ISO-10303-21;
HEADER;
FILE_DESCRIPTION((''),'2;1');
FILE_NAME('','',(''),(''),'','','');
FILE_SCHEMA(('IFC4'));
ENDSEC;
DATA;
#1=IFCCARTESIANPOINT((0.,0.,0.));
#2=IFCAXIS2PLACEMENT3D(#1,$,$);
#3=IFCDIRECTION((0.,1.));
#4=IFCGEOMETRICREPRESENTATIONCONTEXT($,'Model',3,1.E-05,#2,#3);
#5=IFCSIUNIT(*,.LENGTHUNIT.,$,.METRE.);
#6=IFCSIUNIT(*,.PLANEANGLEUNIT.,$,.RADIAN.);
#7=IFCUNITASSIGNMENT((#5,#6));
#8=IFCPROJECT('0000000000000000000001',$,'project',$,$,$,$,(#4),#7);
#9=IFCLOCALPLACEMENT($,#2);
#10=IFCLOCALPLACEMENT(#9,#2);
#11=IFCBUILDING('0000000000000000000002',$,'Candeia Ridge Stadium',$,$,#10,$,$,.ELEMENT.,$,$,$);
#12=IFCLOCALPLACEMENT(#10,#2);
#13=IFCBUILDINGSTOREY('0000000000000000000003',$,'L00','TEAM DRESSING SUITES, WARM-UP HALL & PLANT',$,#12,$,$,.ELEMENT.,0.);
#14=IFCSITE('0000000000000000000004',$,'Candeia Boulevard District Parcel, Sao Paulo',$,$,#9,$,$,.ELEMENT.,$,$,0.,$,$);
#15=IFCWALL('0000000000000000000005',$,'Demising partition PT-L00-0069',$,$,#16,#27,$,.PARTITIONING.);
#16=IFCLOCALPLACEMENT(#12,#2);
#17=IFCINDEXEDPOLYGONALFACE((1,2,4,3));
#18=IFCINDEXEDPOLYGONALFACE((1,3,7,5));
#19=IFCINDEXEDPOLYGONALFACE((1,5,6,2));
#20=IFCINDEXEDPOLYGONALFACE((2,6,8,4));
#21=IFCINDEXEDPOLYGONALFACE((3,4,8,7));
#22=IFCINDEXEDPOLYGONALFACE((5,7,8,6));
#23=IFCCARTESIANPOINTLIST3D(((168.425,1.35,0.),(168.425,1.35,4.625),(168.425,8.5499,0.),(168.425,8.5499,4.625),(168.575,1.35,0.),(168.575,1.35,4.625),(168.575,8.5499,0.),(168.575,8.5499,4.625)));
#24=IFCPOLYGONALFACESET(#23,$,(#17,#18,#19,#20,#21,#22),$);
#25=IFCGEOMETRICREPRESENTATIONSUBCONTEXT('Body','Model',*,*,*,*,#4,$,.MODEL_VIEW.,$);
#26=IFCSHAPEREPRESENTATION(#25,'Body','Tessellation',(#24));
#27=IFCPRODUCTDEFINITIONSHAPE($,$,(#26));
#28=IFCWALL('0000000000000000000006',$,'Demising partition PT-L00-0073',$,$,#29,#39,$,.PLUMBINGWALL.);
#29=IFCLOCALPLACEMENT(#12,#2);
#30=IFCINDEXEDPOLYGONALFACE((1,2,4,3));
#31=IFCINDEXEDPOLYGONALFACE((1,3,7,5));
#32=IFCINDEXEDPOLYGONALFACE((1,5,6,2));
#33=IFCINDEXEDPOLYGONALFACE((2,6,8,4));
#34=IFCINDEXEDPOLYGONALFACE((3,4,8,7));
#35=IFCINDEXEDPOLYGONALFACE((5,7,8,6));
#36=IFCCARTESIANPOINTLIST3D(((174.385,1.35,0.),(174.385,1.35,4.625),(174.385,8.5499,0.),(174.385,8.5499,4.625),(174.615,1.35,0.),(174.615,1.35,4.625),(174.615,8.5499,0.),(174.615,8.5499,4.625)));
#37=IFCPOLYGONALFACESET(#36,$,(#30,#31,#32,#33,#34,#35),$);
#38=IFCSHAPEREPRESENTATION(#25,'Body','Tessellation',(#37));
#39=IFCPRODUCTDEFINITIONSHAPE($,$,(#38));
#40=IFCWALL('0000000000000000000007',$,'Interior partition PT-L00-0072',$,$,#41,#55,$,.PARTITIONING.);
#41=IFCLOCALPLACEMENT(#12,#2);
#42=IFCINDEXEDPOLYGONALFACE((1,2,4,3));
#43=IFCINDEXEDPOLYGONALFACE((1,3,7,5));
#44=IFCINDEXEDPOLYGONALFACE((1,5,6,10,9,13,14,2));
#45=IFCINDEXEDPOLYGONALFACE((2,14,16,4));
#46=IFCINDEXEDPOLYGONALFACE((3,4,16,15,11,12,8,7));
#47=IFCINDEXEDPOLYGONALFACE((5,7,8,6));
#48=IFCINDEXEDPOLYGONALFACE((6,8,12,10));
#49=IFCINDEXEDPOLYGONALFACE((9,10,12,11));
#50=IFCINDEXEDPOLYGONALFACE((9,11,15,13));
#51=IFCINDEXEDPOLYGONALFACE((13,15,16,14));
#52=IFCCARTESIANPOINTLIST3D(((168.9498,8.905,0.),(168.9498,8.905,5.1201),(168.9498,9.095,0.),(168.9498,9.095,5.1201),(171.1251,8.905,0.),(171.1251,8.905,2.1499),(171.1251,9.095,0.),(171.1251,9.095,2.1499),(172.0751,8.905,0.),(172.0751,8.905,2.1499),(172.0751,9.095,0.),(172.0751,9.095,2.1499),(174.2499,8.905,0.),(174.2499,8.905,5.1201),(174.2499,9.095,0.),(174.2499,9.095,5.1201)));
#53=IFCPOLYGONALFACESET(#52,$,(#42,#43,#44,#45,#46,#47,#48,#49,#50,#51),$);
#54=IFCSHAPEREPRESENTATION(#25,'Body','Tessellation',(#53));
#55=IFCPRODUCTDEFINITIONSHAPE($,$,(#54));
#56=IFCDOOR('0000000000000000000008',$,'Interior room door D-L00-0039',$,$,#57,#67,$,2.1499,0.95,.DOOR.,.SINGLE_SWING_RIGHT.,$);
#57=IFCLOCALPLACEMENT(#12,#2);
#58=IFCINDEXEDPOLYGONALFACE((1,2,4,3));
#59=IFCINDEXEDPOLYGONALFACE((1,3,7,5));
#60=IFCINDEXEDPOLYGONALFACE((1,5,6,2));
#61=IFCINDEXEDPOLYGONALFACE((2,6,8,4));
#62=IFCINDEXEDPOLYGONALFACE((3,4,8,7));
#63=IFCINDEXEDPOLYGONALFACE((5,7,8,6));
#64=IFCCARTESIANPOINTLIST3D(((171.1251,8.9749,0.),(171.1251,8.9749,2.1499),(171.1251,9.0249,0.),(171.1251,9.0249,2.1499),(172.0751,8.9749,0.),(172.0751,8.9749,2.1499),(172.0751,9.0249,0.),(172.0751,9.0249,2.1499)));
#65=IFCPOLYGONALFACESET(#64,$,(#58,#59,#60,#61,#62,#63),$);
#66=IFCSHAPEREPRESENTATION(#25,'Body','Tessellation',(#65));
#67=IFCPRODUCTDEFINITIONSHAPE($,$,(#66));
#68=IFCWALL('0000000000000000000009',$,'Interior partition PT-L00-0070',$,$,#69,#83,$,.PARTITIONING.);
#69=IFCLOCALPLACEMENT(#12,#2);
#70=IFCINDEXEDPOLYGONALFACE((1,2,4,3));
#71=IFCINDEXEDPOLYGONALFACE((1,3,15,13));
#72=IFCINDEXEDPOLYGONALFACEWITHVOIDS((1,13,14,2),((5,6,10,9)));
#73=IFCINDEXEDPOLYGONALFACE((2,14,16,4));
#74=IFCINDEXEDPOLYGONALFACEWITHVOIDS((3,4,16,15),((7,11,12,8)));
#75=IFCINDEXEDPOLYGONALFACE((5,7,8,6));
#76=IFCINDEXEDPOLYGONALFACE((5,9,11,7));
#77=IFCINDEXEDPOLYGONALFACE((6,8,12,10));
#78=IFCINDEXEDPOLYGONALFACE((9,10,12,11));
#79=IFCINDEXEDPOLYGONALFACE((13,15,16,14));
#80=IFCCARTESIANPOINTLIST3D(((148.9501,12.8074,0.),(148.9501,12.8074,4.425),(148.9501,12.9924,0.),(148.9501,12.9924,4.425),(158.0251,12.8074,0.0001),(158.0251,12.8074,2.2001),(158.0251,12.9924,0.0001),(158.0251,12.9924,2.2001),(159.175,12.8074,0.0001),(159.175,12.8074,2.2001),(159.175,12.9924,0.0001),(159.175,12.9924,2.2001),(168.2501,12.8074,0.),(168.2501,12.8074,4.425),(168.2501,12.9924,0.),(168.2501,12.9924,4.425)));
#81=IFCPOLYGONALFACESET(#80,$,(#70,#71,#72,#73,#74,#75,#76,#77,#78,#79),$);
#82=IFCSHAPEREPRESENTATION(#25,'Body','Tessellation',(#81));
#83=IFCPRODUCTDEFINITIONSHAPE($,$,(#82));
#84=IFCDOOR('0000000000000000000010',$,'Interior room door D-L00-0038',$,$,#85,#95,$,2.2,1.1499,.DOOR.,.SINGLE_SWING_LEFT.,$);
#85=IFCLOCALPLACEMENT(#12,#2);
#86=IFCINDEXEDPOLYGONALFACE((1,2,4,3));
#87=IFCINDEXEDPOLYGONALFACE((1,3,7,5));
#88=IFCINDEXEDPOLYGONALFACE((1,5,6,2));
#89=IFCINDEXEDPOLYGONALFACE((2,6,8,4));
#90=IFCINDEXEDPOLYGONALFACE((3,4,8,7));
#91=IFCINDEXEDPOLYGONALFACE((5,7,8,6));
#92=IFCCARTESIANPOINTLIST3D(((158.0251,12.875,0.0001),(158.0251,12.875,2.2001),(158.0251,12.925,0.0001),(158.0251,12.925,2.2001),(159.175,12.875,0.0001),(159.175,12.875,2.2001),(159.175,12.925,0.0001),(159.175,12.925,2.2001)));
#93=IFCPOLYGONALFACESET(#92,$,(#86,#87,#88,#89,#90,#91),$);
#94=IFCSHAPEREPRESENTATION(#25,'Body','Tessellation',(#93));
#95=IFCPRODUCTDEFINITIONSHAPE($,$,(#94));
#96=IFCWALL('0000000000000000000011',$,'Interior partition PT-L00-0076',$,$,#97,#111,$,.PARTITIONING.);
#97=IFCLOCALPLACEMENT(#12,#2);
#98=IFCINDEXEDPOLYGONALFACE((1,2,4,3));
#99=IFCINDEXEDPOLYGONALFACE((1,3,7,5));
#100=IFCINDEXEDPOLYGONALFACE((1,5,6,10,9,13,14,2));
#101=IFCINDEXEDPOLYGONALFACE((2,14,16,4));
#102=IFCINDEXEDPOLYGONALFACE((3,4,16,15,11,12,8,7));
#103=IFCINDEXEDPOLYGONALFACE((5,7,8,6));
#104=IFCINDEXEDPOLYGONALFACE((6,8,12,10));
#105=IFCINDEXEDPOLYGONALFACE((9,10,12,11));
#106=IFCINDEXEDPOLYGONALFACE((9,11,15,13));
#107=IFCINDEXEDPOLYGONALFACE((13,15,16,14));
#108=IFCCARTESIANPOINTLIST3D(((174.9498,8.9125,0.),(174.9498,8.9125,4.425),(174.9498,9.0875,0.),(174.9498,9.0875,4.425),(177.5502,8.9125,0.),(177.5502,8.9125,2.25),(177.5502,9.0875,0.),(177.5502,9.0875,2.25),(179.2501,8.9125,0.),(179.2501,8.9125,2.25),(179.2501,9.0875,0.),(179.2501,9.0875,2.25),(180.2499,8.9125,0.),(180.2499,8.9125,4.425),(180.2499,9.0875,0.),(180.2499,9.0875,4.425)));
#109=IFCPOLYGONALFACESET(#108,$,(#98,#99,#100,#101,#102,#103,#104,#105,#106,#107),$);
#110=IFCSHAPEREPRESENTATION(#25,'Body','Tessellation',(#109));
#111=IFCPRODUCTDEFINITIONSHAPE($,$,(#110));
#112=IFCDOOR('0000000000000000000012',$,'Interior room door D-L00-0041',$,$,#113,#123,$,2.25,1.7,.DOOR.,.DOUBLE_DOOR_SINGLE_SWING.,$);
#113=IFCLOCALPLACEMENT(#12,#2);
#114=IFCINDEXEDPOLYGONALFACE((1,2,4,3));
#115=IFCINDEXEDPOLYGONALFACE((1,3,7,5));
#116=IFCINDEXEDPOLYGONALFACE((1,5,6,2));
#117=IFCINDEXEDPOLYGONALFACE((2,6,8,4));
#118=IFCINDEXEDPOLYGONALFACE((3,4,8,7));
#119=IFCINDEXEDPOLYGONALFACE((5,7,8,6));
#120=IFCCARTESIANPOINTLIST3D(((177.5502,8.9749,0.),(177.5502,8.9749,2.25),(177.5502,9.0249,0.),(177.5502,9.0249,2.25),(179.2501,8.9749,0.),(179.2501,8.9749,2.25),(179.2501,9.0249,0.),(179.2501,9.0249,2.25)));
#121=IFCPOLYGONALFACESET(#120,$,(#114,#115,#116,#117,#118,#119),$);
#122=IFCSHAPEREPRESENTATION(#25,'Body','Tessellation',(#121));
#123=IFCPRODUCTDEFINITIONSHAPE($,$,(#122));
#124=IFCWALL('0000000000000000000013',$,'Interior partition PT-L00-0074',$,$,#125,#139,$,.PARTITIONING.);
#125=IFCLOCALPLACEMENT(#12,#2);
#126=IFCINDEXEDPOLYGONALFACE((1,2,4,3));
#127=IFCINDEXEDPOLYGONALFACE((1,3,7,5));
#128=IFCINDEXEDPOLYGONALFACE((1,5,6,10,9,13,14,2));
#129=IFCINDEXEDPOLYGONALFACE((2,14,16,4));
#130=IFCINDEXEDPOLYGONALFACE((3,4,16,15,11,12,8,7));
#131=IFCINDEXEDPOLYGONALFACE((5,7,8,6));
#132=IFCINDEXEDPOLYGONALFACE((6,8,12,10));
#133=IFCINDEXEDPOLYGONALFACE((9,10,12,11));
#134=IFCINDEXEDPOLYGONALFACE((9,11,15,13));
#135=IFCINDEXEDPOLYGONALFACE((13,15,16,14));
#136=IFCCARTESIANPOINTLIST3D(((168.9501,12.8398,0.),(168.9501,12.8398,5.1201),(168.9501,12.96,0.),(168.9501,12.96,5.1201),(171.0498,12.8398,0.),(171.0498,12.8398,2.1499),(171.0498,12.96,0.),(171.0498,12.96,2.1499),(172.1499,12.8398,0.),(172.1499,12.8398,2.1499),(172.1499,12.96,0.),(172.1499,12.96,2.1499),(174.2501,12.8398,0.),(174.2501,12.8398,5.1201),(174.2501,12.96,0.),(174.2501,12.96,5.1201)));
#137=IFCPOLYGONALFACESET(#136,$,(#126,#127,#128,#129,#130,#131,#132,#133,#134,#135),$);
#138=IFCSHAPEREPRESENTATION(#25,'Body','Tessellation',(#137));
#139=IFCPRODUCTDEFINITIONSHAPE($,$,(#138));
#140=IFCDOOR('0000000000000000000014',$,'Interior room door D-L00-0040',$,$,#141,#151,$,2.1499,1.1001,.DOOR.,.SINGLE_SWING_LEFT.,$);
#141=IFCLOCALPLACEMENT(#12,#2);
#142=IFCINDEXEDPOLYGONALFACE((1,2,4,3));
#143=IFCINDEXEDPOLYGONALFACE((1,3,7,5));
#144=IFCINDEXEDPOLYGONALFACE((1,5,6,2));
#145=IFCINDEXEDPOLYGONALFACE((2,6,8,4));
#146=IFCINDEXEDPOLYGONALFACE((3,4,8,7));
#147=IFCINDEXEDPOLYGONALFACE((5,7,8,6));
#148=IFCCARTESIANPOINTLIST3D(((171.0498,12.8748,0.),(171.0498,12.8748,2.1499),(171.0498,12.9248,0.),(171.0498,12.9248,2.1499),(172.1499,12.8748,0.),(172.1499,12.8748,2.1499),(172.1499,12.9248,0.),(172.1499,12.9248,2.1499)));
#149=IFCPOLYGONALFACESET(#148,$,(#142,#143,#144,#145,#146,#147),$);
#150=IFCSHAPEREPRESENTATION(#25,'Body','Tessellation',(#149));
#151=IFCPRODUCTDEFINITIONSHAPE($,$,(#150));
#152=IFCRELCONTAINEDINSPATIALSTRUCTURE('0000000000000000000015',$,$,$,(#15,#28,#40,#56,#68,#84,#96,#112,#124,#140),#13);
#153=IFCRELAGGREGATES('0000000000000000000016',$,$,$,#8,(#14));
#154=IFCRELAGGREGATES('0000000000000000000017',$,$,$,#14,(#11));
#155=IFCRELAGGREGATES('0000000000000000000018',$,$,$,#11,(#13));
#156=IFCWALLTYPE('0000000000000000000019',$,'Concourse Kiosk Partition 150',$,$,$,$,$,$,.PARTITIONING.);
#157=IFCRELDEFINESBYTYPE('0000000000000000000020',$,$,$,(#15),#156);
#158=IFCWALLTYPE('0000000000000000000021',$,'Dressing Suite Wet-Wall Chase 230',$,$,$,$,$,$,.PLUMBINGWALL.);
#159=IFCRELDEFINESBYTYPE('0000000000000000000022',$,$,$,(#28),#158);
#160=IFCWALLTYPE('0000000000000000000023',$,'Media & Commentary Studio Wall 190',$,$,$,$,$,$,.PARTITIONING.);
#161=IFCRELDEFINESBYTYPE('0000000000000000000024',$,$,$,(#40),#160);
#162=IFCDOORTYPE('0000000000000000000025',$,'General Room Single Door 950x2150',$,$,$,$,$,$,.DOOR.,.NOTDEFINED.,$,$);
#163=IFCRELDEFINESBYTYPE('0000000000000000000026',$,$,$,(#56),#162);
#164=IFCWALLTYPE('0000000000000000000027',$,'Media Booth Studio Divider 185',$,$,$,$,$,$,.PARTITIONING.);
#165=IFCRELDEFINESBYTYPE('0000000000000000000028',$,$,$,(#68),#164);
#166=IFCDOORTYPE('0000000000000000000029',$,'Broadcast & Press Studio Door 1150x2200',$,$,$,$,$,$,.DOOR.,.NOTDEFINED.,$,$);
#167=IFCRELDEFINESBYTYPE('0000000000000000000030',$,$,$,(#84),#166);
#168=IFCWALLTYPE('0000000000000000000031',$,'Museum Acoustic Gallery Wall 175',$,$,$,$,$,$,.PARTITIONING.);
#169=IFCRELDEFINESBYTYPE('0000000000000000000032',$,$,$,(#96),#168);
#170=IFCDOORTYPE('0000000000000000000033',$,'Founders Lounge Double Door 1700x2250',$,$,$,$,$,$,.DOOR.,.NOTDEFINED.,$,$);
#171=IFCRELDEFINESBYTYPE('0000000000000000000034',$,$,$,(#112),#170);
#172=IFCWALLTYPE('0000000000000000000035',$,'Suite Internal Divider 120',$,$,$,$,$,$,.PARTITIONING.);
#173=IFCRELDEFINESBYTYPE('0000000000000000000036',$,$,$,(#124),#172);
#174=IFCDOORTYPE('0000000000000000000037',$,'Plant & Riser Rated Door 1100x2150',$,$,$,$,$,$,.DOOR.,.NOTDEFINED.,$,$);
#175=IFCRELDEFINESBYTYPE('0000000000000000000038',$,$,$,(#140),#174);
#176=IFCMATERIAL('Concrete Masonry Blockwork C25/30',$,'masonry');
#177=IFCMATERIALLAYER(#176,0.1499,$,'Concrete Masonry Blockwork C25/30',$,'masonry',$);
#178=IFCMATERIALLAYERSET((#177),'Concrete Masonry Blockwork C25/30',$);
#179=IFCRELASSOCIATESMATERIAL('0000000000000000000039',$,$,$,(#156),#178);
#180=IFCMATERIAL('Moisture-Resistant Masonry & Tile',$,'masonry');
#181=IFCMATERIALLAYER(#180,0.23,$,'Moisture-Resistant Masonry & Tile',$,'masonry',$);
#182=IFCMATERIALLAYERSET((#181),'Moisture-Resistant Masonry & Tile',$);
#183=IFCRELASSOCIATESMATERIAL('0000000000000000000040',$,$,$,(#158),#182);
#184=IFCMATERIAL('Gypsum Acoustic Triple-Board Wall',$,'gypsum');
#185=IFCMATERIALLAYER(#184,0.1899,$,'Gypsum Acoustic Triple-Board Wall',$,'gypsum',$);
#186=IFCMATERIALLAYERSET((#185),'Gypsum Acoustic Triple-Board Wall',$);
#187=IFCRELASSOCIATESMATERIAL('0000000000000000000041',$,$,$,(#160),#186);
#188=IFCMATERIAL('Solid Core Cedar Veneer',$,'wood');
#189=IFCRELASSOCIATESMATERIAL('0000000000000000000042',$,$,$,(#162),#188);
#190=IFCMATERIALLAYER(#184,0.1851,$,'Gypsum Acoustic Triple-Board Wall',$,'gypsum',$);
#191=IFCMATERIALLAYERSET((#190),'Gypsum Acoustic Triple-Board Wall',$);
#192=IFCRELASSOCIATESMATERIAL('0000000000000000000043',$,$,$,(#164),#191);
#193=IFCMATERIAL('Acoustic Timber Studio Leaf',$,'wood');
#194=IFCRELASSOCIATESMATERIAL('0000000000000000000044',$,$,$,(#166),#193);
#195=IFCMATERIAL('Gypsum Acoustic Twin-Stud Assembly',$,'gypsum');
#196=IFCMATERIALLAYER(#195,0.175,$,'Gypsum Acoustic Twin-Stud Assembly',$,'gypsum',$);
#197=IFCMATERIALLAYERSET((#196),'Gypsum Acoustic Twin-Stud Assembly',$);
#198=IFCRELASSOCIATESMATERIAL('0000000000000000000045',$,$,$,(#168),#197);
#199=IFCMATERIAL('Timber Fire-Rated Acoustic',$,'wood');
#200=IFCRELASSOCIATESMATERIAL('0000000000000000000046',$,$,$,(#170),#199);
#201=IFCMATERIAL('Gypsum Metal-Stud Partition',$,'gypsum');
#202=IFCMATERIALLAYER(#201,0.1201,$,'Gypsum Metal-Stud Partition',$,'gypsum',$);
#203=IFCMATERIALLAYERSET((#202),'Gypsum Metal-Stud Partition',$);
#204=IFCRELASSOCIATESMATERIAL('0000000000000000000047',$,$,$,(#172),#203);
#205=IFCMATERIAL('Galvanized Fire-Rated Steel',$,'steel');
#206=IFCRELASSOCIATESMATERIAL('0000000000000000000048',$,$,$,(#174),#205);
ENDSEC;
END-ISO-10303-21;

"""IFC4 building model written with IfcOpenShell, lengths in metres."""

from ifc_helpers import new_model, si_unit, direction, frame, frame_2d, origin, place, context, subcontext, project, spatial, rectangle, extrude, material, layer, layer_set, type_object, element, fill, save


model = new_model("IFC4")

# Units and contexts
model_context = context("Model", 3, precision=1e-05, world=origin(), true_north=direction((0.0, 1.0)))
body_context = subcontext(model_context, "Body", "Model", "MODEL_VIEW")
ifc_project = project(units=[si_unit("LENGTHUNIT", "METRE"), si_unit("PLANEANGLEUNIT", "RADIAN")], contexts=[model_context])

# Site, building, storey
site_placement = place(None, origin())
site = spatial("IfcSite", under=ifc_project, at=site_placement, Name="Candeia Boulevard District Parcel, Sao Paulo", CompositionType="ELEMENT", RefElevation=0.0)
building_placement = place(site_placement, origin())
building = spatial("IfcBuilding", under=site, at=building_placement, Name="Candeia Ridge Stadium", CompositionType="ELEMENT")
storey_placement = place(building_placement, origin())
storey = spatial("IfcBuildingStorey", under=building, at=storey_placement, Name="L00", Description="TEAM DRESSING SUITES, WARM-UP HALL & PLANT", CompositionType="ELEMENT", Elevation=0.0)

# Walls
ifc_material_1 = material(Name="Gypsum Acoustic Twin-Stud Assembly", Category="gypsum")
ifc_material_2 = material(Name="Concrete Masonry Blockwork C25/30", Category="masonry")
ifc_layer_1 = layer(ifc_material_2, 0.1499, Name="Concrete Masonry Blockwork C25/30", Category="masonry")
ifc_layer_set_1 = layer_set([ifc_layer_1], Name="Concrete Masonry Blockwork C25/30")
wall_type_1 = type_object("IfcWallType", Name="Concourse Kiosk Partition 150", PredefinedType="PARTITIONING", material=ifc_layer_set_1)
wall_1_placement = place(storey_placement, frame((168.5, 8.55, 0.0), z_axis=(0.0, 0.0, 1.0), x_axis=(0.0, -1.0, 0.0)))
element("IfcWall", 1, at=wall_1_placement, inside=storey, type_object=wall_type_1, Name="Demising partition PT-L00-0069", PredefinedType="PARTITIONING", context=body_context, shape_type="SweptSolid", body=[
    extrude(rectangle(XDim=7.2, YDim=0.1499, at=frame_2d((3.6001, 0.0))), origin(), (0.0, 0.0, 1.0), 4.625),
])
ifc_material_3 = material(Name="Moisture-Resistant Masonry & Tile", Category="masonry")
ifc_layer_2 = layer(ifc_material_3, 0.23, Name="Moisture-Resistant Masonry & Tile", Category="masonry")
ifc_layer_set_2 = layer_set([ifc_layer_2], Name="Moisture-Resistant Masonry & Tile")
wall_type_2 = type_object("IfcWallType", Name="Dressing Suite Wet-Wall Chase 230", PredefinedType="PLUMBINGWALL", material=ifc_layer_set_2)
wall_2_placement = place(storey_placement, frame((174.5, 8.55, 0.0), z_axis=(0.0, 0.0, 1.0), x_axis=(0.0, -1.0, 0.0)))
element("IfcWall", 2, at=wall_2_placement, inside=storey, type_object=wall_type_2, Name="Demising partition PT-L00-0073", PredefinedType="PLUMBINGWALL", context=body_context, shape_type="SweptSolid", body=[
    extrude(rectangle(XDim=7.2, YDim=0.23, at=frame_2d((3.6001, 0.0))), origin(), (0.0, 0.0, 1.0), 4.625),
])

# Walls, openings, doors
ifc_material_4 = material(Name="Gypsum Acoustic Triple-Board Wall", Category="gypsum")
ifc_layer_3 = layer(ifc_material_4, 0.1899, Name="Gypsum Acoustic Triple-Board Wall", Category="gypsum")
ifc_layer_set_3 = layer_set([ifc_layer_3], Name="Gypsum Acoustic Triple-Board Wall")
wall_type_3 = type_object("IfcWallType", Name="Media & Commentary Studio Wall 190", PredefinedType="PARTITIONING", material=ifc_layer_set_3)
wall_3_placement = place(storey_placement, frame((168.95, 9.0, 0.0), z_axis=(0.0, 0.0, 1.0), x_axis=(1.0, 0.0, 0.0)))
wall_3 = element("IfcWall", 3, at=wall_3_placement, inside=storey, type_object=wall_type_3, Name="Interior partition PT-L00-0072", PredefinedType="PARTITIONING", context=body_context, shape_type="SweptSolid", body=[
    extrude(rectangle(XDim=5.3, YDim=0.1899, at=frame_2d((2.6499, 0.0))), origin(), (0.0, 0.0, 1.0), 5.1201),
])
opening_1_placement = place(wall_3_placement, frame((2.175, 0.0, 0.0)))
opening_1 = element("IfcOpeningElement", 4, at=opening_1_placement, cuts=wall_3, PredefinedType="OPENING", context=body_context, shape_type="SweptSolid", body=[
    extrude(rectangle(XDim=0.95, YDim=2.1499, at=frame_2d((0.4751, 1.075))), frame((0.0, 0.105, 0.0), z_axis=(0.0, -1.0, 0.0), x_axis=(1.0, 0.0, 0.0)), (0.0, 0.0, 1.0), 0.21),
])
ifc_material_5 = material(Name="Solid Core Cedar Veneer", Category="wood")
door_type_1 = type_object("IfcDoorType", Name="General Room Single Door 950x2150", OperationType="NOTDEFINED", PredefinedType="DOOR", material=ifc_material_5)
door_1_placement = place(opening_1_placement, origin())
door_1 = element("IfcDoor", 5, at=door_1_placement, inside=storey, type_object=door_type_1, Name="Interior room door D-L00-0039", OperationType="SINGLE_SWING_RIGHT", OverallHeight=2.1499, OverallWidth=0.95, PredefinedType="DOOR", context=body_context, shape_type="SweptSolid", body=[
    extrude(rectangle(XDim=0.95, YDim=2.1499, at=frame_2d((0.4751, 1.075))), frame((0.0, 0.0249, 0.0), z_axis=(0.0, -1.0, 0.0), x_axis=(1.0, 0.0, 0.0)), (0.0, 0.0, 1.0), 0.05),
])
fill(opening_1, door_1)
ifc_layer_4 = layer(ifc_material_4, 0.1851, Name="Gypsum Acoustic Triple-Board Wall", Category="gypsum")
ifc_layer_set_4 = layer_set([ifc_layer_4], Name="Gypsum Acoustic Triple-Board Wall")
wall_type_4 = type_object("IfcWallType", Name="Media Booth Studio Divider 185", PredefinedType="PARTITIONING", material=ifc_layer_set_4)
wall_4_placement = place(storey_placement, frame((168.25, 12.8999, 0.0), z_axis=(0.0, 0.0, 1.0), x_axis=(-1.0, 0.0, 0.0)))
wall_4 = element("IfcWall", 6, at=wall_4_placement, inside=storey, type_object=wall_type_4, Name="Interior partition PT-L00-0070", PredefinedType="PARTITIONING", context=body_context, shape_type="SweptSolid", body=[
    extrude(rectangle(XDim=19.3, YDim=0.1851, at=frame_2d((9.6499, 0.0))), origin(), (0.0, 0.0, 1.0), 4.425),
])
opening_2_placement = place(wall_4_placement, frame((9.075, 0.0, 0.0)))
opening_2 = element("IfcOpeningElement", 7, at=opening_2_placement, cuts=wall_4, PredefinedType="OPENING", context=body_context, shape_type="SweptSolid", body=[
    extrude(rectangle(XDim=1.1499, YDim=2.2, at=frame_2d((0.575, 1.1001))), frame((0.0, 0.1025, 0.0), z_axis=(0.0, -1.0, 0.0), x_axis=(1.0, 0.0, 0.0)), (0.0, 0.0, 1.0), 0.2051),
])
ifc_material_6 = material(Name="Acoustic Timber Studio Leaf", Category="wood")
door_type_2 = type_object("IfcDoorType", Name="Broadcast & Press Studio Door 1150x2200", OperationType="NOTDEFINED", PredefinedType="DOOR", material=ifc_material_6)
door_2_placement = place(opening_2_placement, origin())
door_2 = element("IfcDoor", 8, at=door_2_placement, inside=storey, type_object=door_type_2, Name="Interior room door D-L00-0038", OperationType="SINGLE_SWING_LEFT", OverallHeight=2.2, OverallWidth=1.1499, PredefinedType="DOOR", context=body_context, shape_type="SweptSolid", body=[
    extrude(rectangle(XDim=1.1499, YDim=2.2, at=frame_2d((0.575, 1.1001))), frame((0.0, 0.0249, 0.0), z_axis=(0.0, -1.0, 0.0), x_axis=(1.0, 0.0, 0.0)), (0.0, 0.0, 1.0), 0.05),
])
fill(opening_2, door_2)
ifc_layer_5 = layer(ifc_material_1, 0.175, Name="Gypsum Acoustic Twin-Stud Assembly", Category="gypsum")
ifc_layer_set_5 = layer_set([ifc_layer_5], Name="Gypsum Acoustic Twin-Stud Assembly")
wall_type_5 = type_object("IfcWallType", Name="Museum Acoustic Gallery Wall 175", PredefinedType="PARTITIONING", material=ifc_layer_set_5)
wall_5_placement = place(storey_placement, frame((174.95, 9.0, 0.0), z_axis=(0.0, 0.0, 1.0), x_axis=(1.0, 0.0, 0.0)))
wall_5 = element("IfcWall", 9, at=wall_5_placement, inside=storey, type_object=wall_type_5, Name="Interior partition PT-L00-0076", PredefinedType="PARTITIONING", context=body_context, shape_type="SweptSolid", body=[
    extrude(rectangle(XDim=5.3, YDim=0.175, at=frame_2d((2.6499, 0.0))), origin(), (0.0, 0.0, 1.0), 4.425),
])
opening_3_placement = place(wall_5_placement, frame((2.6001, 0.0, 0.0)))
opening_3 = element("IfcOpeningElement", 10, at=opening_3_placement, cuts=wall_5, PredefinedType="OPENING", context=body_context, shape_type="SweptSolid", body=[
    extrude(rectangle(XDim=1.7, YDim=2.25, at=frame_2d((0.8501, 1.125))), frame((0.0, 0.0974, 0.0), z_axis=(0.0, -1.0, 0.0), x_axis=(1.0, 0.0, 0.0)), (0.0, 0.0, 1.0), 0.1951),
])
ifc_material_7 = material(Name="Timber Fire-Rated Acoustic", Category="wood")
door_type_3 = type_object("IfcDoorType", Name="Founders Lounge Double Door 1700x2250", OperationType="NOTDEFINED", PredefinedType="DOOR", material=ifc_material_7)
door_3_placement = place(opening_3_placement, origin())
door_3 = element("IfcDoor", 11, at=door_3_placement, inside=storey, type_object=door_type_3, Name="Interior room door D-L00-0041", OperationType="DOUBLE_DOOR_SINGLE_SWING", OverallHeight=2.25, OverallWidth=1.7, PredefinedType="DOOR", context=body_context, shape_type="SweptSolid", body=[
    extrude(rectangle(XDim=1.7, YDim=2.25, at=frame_2d((0.8501, 1.125))), frame((0.0, 0.0249, 0.0), z_axis=(0.0, -1.0, 0.0), x_axis=(1.0, 0.0, 0.0)), (0.0, 0.0, 1.0), 0.05),
])
fill(opening_3, door_3)
ifc_material_8 = material(Name="Gypsum Metal-Stud Partition", Category="gypsum")
ifc_layer_6 = layer(ifc_material_8, 0.1201, Name="Gypsum Metal-Stud Partition", Category="gypsum")
ifc_layer_set_6 = layer_set([ifc_layer_6], Name="Gypsum Metal-Stud Partition")
wall_type_6 = type_object("IfcWallType", Name="Suite Internal Divider 120", PredefinedType="PARTITIONING", material=ifc_layer_set_6)
wall_6_placement = place(storey_placement, frame((174.25, 12.8999, 0.0), z_axis=(0.0, 0.0, 1.0), x_axis=(-1.0, 0.0, 0.0)))
wall_6 = element("IfcWall", 12, at=wall_6_placement, inside=storey, type_object=wall_type_6, Name="Interior partition PT-L00-0074", PredefinedType="PARTITIONING", context=body_context, shape_type="SweptSolid", body=[
    extrude(rectangle(XDim=5.3, YDim=0.1201, at=frame_2d((2.6499, 0.0))), origin(), (0.0, 0.0, 1.0), 5.1201),
])
opening_4_placement = place(wall_6_placement, frame((2.1001, 0.0, 0.0)))
opening_4 = element("IfcOpeningElement", 13, at=opening_4_placement, cuts=wall_6, PredefinedType="OPENING", context=body_context, shape_type="SweptSolid", body=[
    extrude(rectangle(XDim=1.1001, YDim=2.1499, at=frame_2d((0.55, 1.075))), frame((0.0, 0.0701, 0.0), z_axis=(0.0, -1.0, 0.0), x_axis=(1.0, 0.0, 0.0)), (0.0, 0.0, 1.0), 0.1401),
])
ifc_material_9 = material(Name="Galvanized Fire-Rated Steel", Category="steel")
door_type_4 = type_object("IfcDoorType", Name="Plant & Riser Rated Door 1100x2150", OperationType="NOTDEFINED", PredefinedType="DOOR", material=ifc_material_9)
door_4_placement = place(opening_4_placement, frame((1.1001, 0.0, 0.0), z_axis=(0.0, 0.0, 1.0), x_axis=(-1.0, 0.0, 0.0)))
door_4 = element("IfcDoor", 14, at=door_4_placement, inside=storey, type_object=door_type_4, Name="Interior room door D-L00-0040", OperationType="SINGLE_SWING_LEFT", OverallHeight=2.1499, OverallWidth=1.1001, PredefinedType="DOOR", context=body_context, shape_type="SweptSolid", body=[
    extrude(rectangle(XDim=1.1001, YDim=2.1499, at=frame_2d((0.55, 1.075))), frame((0.0, 0.0249, 0.0), z_axis=(0.0, -1.0, 0.0), x_axis=(1.0, 0.0, 0.0)), (0.0, 0.0, 1.0), 0.05),
])
fill(opening_4, door_4)

save(model, "model.ifc")
